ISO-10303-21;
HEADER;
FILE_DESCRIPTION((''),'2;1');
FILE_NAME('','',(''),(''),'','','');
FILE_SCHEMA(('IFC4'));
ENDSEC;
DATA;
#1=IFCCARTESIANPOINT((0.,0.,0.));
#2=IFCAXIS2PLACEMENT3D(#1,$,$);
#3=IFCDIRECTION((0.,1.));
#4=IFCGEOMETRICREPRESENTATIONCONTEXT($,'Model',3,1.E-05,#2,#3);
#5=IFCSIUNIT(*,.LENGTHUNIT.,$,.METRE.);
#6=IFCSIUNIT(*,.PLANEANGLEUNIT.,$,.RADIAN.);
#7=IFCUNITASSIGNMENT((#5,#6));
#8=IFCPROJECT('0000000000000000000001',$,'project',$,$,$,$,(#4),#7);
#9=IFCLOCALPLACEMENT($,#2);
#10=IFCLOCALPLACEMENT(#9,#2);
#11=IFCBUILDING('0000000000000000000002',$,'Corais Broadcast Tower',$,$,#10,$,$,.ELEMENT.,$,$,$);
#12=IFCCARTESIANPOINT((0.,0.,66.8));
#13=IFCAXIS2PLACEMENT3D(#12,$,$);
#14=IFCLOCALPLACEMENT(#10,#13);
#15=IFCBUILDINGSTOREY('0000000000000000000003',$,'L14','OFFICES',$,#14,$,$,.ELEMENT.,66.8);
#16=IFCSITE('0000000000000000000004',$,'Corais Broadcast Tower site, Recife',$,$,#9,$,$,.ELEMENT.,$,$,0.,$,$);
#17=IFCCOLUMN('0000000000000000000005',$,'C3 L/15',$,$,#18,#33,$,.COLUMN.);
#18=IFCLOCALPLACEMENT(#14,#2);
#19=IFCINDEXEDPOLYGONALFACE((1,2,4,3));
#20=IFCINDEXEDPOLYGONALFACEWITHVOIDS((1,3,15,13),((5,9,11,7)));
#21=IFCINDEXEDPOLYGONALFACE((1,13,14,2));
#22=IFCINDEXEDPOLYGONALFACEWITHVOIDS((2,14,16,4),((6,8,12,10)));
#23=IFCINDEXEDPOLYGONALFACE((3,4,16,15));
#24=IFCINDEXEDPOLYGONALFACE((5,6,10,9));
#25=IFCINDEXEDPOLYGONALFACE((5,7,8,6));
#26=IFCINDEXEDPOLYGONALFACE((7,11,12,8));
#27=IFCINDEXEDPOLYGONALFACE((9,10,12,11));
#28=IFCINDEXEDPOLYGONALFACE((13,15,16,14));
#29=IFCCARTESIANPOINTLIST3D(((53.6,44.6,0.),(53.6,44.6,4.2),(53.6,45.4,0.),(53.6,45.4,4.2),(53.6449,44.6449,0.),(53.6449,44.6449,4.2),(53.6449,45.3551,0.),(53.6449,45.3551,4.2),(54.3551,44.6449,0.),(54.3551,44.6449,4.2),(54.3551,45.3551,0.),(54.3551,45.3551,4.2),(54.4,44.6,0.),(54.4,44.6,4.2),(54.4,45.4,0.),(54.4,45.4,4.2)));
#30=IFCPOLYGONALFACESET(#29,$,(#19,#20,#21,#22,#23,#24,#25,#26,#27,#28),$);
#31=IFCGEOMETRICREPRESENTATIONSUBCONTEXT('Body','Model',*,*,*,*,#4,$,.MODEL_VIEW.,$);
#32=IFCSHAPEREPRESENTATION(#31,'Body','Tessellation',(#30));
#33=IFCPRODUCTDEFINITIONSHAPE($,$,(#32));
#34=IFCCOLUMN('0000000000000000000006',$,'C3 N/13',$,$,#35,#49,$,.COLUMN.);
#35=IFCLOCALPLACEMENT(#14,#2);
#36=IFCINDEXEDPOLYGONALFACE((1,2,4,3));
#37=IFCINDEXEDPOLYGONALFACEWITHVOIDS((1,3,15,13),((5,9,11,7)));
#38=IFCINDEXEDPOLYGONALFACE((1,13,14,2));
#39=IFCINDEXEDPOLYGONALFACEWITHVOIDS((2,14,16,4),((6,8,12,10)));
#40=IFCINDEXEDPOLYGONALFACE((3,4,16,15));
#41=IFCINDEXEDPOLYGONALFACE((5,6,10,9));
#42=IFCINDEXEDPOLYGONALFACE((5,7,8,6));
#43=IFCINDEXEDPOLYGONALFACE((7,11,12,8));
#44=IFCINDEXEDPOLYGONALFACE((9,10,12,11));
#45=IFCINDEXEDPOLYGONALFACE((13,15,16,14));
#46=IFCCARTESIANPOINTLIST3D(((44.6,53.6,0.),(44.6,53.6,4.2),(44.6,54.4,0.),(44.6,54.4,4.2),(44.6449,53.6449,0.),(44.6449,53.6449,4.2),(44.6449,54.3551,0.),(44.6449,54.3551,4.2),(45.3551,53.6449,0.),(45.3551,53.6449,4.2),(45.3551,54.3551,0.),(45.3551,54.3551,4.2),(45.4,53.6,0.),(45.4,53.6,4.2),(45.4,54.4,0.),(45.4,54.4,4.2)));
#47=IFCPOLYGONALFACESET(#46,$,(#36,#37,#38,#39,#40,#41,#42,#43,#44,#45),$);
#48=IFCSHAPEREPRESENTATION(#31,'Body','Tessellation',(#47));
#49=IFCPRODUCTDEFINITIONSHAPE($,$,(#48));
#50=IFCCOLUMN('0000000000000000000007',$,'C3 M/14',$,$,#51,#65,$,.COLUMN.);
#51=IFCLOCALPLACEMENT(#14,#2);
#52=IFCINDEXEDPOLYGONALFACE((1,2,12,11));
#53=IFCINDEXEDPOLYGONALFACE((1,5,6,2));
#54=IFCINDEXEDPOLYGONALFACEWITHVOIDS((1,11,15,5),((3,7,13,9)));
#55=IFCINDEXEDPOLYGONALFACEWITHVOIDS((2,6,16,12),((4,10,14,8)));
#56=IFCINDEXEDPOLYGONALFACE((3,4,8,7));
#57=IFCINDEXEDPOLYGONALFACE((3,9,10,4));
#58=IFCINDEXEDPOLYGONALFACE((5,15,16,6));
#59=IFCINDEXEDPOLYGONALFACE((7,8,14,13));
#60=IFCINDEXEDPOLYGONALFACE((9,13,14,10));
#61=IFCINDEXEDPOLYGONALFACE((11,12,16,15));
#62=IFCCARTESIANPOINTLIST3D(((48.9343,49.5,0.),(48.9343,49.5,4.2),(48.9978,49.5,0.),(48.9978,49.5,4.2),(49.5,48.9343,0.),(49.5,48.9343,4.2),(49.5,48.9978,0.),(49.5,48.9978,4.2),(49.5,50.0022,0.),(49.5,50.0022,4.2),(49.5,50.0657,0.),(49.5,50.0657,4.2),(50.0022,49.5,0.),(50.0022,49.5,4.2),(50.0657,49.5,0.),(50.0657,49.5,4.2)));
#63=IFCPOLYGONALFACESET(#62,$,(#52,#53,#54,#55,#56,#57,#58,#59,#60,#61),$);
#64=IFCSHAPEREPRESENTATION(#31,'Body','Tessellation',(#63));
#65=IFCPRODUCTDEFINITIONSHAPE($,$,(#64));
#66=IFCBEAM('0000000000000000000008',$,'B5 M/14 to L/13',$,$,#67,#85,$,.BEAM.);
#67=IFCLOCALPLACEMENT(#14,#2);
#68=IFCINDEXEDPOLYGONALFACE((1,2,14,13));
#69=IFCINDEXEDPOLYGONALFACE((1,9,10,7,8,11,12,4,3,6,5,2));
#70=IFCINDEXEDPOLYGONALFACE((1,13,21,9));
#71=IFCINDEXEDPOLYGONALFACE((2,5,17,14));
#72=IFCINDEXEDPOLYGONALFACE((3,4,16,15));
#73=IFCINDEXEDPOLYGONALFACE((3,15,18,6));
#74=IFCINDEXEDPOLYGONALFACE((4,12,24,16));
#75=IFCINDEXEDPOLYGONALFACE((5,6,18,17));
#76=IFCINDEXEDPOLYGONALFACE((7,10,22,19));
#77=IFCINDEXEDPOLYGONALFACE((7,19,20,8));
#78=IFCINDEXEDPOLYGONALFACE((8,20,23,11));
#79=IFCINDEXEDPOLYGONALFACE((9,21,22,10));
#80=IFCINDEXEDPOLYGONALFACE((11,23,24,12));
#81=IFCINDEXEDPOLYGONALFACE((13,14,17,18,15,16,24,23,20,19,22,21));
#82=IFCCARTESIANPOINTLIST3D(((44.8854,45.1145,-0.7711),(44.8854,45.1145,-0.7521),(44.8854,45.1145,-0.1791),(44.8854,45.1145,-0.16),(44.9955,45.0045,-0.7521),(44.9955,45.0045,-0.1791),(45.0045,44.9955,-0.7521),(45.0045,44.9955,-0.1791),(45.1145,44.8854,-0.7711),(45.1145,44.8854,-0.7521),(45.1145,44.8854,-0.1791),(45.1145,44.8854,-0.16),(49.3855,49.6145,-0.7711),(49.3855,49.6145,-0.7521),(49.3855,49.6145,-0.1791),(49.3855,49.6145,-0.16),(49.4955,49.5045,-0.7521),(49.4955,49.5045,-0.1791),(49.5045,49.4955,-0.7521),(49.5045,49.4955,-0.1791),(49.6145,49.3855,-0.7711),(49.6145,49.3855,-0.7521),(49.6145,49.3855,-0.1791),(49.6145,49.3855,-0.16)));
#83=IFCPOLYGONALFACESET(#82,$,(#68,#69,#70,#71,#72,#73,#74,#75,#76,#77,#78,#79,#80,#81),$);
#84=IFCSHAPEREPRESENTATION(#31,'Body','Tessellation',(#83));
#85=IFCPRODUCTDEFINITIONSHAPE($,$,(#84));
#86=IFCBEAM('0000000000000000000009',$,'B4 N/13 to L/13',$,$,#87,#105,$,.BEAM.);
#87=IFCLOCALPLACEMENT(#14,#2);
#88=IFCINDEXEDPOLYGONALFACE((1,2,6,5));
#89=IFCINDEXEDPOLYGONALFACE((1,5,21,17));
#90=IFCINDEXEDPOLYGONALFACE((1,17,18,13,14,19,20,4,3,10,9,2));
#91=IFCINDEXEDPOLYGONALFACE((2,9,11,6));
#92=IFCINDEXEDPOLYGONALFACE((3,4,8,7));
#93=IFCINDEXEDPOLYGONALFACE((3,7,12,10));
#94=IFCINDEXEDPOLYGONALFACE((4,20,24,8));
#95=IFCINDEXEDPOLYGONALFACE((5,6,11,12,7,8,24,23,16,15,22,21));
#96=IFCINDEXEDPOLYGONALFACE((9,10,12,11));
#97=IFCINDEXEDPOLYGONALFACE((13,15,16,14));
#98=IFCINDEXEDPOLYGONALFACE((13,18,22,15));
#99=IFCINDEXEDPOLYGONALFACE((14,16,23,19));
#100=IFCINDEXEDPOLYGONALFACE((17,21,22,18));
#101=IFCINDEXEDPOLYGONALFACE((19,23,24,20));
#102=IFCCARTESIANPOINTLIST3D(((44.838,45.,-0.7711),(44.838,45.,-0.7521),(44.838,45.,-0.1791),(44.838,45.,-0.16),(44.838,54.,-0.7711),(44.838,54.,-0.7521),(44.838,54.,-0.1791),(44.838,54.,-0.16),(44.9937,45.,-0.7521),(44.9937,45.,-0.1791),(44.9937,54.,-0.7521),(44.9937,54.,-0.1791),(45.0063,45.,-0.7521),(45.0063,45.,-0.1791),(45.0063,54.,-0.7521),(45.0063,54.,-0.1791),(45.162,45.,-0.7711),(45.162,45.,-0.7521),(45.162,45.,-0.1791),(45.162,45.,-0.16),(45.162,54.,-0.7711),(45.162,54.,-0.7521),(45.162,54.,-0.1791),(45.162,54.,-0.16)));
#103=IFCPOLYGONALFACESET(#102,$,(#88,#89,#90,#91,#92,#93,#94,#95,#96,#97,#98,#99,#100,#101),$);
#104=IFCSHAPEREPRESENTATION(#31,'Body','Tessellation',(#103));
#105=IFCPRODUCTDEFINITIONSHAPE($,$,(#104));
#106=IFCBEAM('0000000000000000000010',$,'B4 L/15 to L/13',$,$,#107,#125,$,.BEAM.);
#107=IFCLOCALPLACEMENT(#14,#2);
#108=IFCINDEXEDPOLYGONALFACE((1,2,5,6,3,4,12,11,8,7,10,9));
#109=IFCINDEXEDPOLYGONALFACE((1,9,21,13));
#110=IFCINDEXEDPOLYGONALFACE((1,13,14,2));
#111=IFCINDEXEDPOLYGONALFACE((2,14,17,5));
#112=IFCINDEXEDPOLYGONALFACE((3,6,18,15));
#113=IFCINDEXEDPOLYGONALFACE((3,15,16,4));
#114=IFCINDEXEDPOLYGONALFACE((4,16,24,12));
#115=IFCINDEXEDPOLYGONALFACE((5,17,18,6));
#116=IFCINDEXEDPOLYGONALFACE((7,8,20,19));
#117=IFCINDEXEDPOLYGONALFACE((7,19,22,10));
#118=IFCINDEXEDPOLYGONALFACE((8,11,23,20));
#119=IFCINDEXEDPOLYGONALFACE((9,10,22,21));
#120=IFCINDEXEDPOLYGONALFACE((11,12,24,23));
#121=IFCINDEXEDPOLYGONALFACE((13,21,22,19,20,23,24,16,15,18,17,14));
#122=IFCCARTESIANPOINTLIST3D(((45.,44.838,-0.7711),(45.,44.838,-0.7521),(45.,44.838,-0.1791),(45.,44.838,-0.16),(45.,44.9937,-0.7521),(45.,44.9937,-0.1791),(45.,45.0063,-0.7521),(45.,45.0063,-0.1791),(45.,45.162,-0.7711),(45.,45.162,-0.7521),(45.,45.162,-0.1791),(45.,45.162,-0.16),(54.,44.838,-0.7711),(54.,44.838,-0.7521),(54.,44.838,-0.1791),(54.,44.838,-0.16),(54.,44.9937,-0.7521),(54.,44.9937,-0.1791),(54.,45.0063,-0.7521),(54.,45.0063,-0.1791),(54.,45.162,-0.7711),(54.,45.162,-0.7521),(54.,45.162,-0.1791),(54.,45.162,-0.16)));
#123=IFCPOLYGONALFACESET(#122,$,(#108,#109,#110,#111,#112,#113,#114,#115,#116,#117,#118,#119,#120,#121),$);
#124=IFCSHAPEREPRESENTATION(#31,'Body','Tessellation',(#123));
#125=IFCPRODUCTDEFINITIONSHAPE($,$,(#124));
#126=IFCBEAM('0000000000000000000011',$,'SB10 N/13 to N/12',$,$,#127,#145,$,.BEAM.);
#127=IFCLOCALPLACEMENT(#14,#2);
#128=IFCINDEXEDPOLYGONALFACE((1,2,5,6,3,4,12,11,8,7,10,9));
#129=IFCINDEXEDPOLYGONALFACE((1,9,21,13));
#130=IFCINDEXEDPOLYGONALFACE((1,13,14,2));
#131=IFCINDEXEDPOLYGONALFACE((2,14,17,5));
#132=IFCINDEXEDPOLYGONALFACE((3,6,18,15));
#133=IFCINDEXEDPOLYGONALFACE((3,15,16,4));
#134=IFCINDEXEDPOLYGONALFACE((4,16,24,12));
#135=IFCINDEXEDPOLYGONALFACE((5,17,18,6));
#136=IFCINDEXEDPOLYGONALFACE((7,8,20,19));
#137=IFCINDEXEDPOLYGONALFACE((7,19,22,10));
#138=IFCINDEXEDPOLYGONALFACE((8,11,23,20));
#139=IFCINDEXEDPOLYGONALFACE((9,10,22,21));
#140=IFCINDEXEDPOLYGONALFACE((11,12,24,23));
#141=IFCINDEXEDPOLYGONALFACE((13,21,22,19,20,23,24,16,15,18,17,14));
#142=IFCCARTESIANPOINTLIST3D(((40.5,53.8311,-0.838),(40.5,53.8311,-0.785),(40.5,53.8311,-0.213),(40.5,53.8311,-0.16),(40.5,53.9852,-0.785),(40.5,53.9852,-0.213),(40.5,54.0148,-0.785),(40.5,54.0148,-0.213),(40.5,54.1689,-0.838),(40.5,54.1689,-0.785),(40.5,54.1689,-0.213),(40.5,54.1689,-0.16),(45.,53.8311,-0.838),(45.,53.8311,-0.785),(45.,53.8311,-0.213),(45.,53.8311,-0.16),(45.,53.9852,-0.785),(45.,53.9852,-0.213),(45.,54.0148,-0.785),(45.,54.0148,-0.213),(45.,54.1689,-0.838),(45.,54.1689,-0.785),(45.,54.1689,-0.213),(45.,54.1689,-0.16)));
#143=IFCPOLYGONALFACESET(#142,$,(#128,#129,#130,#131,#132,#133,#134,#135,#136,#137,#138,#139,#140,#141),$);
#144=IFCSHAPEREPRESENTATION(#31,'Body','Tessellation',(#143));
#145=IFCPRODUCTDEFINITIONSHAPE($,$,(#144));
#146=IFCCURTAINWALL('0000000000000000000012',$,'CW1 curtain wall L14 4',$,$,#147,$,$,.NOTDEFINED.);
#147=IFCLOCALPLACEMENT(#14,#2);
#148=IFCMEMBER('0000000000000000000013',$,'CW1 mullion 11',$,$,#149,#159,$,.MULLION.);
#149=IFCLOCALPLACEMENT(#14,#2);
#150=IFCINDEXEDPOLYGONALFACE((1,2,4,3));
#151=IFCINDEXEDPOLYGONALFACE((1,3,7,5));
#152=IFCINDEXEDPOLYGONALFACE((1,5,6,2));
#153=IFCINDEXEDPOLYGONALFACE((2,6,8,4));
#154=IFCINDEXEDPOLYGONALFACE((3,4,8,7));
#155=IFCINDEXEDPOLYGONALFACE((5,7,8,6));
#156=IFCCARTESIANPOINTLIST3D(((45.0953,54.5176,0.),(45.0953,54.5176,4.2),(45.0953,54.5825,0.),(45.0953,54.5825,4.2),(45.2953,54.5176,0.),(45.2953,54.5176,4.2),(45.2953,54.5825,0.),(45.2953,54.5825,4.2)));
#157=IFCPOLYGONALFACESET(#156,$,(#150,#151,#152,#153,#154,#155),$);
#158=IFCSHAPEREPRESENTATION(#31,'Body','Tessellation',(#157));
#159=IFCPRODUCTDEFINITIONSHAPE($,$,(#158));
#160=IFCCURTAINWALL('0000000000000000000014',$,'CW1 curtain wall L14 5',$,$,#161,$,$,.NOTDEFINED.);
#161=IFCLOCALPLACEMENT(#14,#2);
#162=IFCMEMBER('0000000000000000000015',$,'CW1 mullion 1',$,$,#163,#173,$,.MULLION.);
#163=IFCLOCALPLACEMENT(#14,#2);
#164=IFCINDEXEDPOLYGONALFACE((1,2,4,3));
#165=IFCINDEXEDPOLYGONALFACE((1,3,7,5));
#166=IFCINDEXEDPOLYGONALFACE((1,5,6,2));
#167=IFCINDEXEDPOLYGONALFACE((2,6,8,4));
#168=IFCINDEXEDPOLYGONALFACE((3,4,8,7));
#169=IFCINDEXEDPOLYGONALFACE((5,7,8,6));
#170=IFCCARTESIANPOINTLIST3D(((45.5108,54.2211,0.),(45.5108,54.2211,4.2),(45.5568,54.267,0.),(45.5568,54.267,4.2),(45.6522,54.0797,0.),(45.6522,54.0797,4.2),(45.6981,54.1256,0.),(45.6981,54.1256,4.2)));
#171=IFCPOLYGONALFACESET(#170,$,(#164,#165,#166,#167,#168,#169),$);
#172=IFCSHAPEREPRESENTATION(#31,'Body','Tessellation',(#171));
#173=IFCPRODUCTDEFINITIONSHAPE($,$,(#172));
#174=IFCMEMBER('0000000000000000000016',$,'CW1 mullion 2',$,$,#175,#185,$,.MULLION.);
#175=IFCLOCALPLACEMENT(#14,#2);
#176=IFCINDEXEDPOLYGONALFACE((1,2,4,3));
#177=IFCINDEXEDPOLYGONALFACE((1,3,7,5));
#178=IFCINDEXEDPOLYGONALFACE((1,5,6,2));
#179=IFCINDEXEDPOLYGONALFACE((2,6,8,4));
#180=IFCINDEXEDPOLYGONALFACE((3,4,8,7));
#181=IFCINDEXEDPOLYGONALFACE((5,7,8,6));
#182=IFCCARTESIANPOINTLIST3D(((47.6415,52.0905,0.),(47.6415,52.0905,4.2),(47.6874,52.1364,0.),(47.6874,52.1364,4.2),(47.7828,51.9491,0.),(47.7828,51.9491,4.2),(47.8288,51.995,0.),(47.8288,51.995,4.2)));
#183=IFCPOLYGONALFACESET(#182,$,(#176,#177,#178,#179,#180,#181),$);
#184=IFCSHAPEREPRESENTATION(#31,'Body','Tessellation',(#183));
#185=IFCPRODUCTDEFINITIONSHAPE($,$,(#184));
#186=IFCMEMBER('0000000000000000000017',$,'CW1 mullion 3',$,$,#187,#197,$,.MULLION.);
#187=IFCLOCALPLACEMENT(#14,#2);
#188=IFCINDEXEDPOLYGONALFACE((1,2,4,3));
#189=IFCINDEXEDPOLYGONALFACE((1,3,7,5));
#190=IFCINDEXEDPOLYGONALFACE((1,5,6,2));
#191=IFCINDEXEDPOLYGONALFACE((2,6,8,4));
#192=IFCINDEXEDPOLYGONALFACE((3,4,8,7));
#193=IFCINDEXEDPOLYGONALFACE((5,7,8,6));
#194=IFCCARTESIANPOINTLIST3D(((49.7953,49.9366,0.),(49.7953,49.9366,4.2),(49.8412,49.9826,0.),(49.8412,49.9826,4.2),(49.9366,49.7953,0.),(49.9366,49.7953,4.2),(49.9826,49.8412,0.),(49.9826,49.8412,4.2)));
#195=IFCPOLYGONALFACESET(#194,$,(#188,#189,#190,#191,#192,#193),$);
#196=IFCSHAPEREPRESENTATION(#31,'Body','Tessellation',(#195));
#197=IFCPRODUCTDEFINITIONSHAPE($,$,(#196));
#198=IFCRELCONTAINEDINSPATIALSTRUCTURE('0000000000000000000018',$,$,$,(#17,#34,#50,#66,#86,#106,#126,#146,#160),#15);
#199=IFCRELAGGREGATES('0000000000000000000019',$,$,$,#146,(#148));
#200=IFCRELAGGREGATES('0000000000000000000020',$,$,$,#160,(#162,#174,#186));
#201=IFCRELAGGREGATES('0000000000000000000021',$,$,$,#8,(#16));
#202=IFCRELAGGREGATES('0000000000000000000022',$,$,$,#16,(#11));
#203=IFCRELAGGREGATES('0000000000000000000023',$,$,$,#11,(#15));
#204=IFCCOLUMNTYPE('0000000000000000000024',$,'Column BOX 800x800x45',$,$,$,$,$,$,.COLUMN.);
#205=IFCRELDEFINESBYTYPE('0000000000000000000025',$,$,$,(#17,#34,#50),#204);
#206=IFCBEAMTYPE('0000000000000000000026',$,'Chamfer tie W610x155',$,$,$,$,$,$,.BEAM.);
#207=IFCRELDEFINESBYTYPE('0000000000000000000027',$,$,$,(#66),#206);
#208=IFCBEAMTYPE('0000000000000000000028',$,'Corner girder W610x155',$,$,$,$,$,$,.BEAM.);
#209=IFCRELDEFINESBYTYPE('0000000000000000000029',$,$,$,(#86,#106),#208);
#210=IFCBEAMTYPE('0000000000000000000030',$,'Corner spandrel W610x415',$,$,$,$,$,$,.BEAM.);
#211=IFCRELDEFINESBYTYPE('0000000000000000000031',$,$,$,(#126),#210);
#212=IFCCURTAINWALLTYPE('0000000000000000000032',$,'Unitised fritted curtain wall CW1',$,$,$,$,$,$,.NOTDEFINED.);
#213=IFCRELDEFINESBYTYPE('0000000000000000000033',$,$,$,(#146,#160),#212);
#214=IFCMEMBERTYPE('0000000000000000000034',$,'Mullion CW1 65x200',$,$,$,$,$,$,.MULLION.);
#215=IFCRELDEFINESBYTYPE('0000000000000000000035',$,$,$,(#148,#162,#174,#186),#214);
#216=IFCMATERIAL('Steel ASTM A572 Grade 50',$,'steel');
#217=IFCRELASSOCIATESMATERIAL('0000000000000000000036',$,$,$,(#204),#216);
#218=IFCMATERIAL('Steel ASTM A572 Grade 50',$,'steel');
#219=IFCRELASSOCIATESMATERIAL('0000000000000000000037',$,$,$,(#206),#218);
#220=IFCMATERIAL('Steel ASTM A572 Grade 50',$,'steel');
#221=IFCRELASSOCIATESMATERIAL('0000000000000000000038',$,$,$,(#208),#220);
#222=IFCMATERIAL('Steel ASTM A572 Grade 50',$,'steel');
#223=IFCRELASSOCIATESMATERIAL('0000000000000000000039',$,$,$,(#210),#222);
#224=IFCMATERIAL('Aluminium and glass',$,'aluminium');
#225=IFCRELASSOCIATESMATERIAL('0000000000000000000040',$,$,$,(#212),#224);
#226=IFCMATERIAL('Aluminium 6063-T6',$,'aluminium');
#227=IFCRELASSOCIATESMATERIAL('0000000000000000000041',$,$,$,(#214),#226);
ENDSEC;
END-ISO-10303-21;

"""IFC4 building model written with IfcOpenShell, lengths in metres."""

from ifc_helpers import new_model, si_unit, direction, frame, origin, origin_2d, place, context, subcontext, project, spatial, rectangle, hollow_rectangle, i_section, extrude, material, material_profile, profile_set, type_object, element, aggregate, save


model = new_model("IFC4")

# Units and contexts
model_context = context("Model", 3, precision=1e-05, world=origin(), true_north=direction((0.0, 1.0)))
body_context = subcontext(model_context, "Body", "Model", "MODEL_VIEW")
ifc_project = project(units=[si_unit("LENGTHUNIT", "METRE"), si_unit("PLANEANGLEUNIT", "RADIAN")], contexts=[model_context])

# Site, building, storey
site_placement = place(None, origin())
site = spatial("IfcSite", under=ifc_project, at=site_placement, Name="Corais Broadcast Tower site, Recife", CompositionType="ELEMENT", RefElevation=0.0)
building_placement = place(site_placement, origin())
building = spatial("IfcBuilding", under=site, at=building_placement, Name="Corais Broadcast Tower", CompositionType="ELEMENT")
storey_placement = place(building_placement, frame((0.0, 0.0, 66.8)))
storey = spatial("IfcBuildingStorey", under=building, at=storey_placement, Name="L14", Description="OFFICES", CompositionType="ELEMENT", Elevation=66.8)

# Columns
ifc_material_1 = material(Name="Steel ASTM A572 Grade 50", Category="steel")
ifc_material_profile_1 = material_profile(ifc_material_1, hollow_rectangle(XDim=0.8, YDim=0.8, WallThickness=0.0449, at=origin_2d()), Name="BOX 800x800x45")
ifc_profile_set_1 = profile_set([ifc_material_profile_1], Name="Steel ASTM A572 Grade 50")
column_type = type_object("IfcColumnType", Name="Column BOX 800x800x45", PredefinedType="COLUMN", material=ifc_profile_set_1)
for number, where, z_axis, x_axis, name in (
    (1, (54.0, 45.0, 0.0), (0.0, 0.0, 1.0), (1.0, 0.0, 0.0), "C3 L/15"),
    (2, (45.0, 54.0, 0.0), (0.0, 0.0, 1.0), (1.0, 0.0, 0.0), "C3 N/13"),
    (3, (49.5, 49.5, 0.0), (0.0, 0.0, 1.0), (0.707107, 0.707107, 0.0), "C3 M/14"),
):
    element("IfcColumn", number, at=place(storey_placement, frame(where, z_axis=z_axis, x_axis=x_axis)), inside=storey, type_object=column_type, Name=name, PredefinedType="COLUMN", context=body_context, shape_type="SweptSolid", body=[
        extrude(hollow_rectangle(XDim=0.8, YDim=0.8, WallThickness=0.0449, at=origin_2d()), origin(), (0.0, 0.0, 1.0), 4.2),
    ])

# Beams
ifc_material_2 = material(Name="Steel ASTM A572 Grade 50", Category="steel")
ifc_material_profile_2 = material_profile(ifc_material_2, i_section(OverallWidth=0.324, OverallDepth=0.6111, WebThickness=0.0127, FlangeThickness=0.019, at=origin_2d()), Name="W610x155")
ifc_profile_set_2 = profile_set([ifc_material_profile_2], Name="Steel ASTM A572 Grade 50")
beam_type_1 = type_object("IfcBeamType", Name="Chamfer tie W610x155", PredefinedType="BEAM", material=ifc_profile_set_2)
beam_1_placement = place(storey_placement, frame((49.5, 49.5, -0.4656), z_axis=(-0.707107, -0.707107, 0.0), x_axis=(0.707107, -0.707107, 0.0)))
element("IfcBeam", 4, at=beam_1_placement, inside=storey, type_object=beam_type_1, Name="B5 M/14 to L/13", PredefinedType="BEAM", context=body_context, shape_type="SweptSolid", body=[
    extrude(i_section(OverallWidth=0.324, OverallDepth=0.6111, WebThickness=0.0127, FlangeThickness=0.019, at=origin_2d()), origin(), (0.0, 0.0, 1.0), 6.364),
])
ifc_material_3 = material(Name="Steel ASTM A572 Grade 50", Category="steel")
ifc_material_profile_3 = material_profile(ifc_material_3, i_section(OverallWidth=0.324, OverallDepth=0.6111, WebThickness=0.0127, FlangeThickness=0.019, at=origin_2d()), Name="W610x155")
ifc_profile_set_3 = profile_set([ifc_material_profile_3], Name="Steel ASTM A572 Grade 50")
beam_type_2 = type_object("IfcBeamType", Name="Corner girder W610x155", PredefinedType="BEAM", material=ifc_profile_set_3)
for number, where, z_axis, x_axis, name in (
    (5, (45.0, 54.0, -0.4656), (0.0, -1.0, 0.0), (1.0, 0.0, 0.0), "B4 N/13 to L/13"),
    (6, (54.0, 45.0, -0.4656), (-1.0, 0.0, 0.0), (0.0, -1.0, 0.0), "B4 L/15 to L/13"),
):
    element("IfcBeam", number, at=place(storey_placement, frame(where, z_axis=z_axis, x_axis=x_axis)), inside=storey, type_object=beam_type_2, Name=name, PredefinedType="BEAM", context=body_context, shape_type="SweptSolid", body=[
        extrude(i_section(OverallWidth=0.324, OverallDepth=0.6111, WebThickness=0.0127, FlangeThickness=0.019, at=origin_2d()), origin(), (0.0, 0.0, 1.0), 9.0),
    ])
ifc_material_4 = material(Name="Steel ASTM A572 Grade 50", Category="steel")
ifc_material_profile_4 = material_profile(ifc_material_4, i_section(OverallWidth=0.3379, OverallDepth=0.678, WebThickness=0.0295, FlangeThickness=0.053, at=origin_2d()), Name="W610x415")
ifc_profile_set_4 = profile_set([ifc_material_profile_4], Name="Steel ASTM A572 Grade 50")
beam_type_3 = type_object("IfcBeamType", Name="Corner spandrel W610x415", PredefinedType="BEAM", material=ifc_profile_set_4)
beam_2_placement = place(storey_placement, frame((45.0, 54.0, -0.499), z_axis=(-1.0, 0.0, 0.0), x_axis=(0.0, -1.0, 0.0)))
element("IfcBeam", 7, at=beam_2_placement, inside=storey, type_object=beam_type_3, Name="SB10 N/13 to N/12", PredefinedType="BEAM", context=body_context, shape_type="SweptSolid", body=[
    extrude(i_section(OverallWidth=0.3379, OverallDepth=0.678, WebThickness=0.0295, FlangeThickness=0.053, at=origin_2d()), origin(), (0.0, 0.0, 1.0), 4.5),
])

# Curtain wall, member
ifc_material_5 = material(Name="Aluminium and glass", Category="aluminium")
curtain_wall_type = type_object("IfcCurtainWallType", Name="Unitised fritted curtain wall CW1", PredefinedType="NOTDEFINED", material=ifc_material_5)
curtain_wall_1_placement = place(storey_placement, origin())
curtain_wall_1 = element("IfcCurtainWall", 8, at=curtain_wall_1_placement, inside=storey, type_object=curtain_wall_type, Name="CW1 curtain wall L14 4", PredefinedType="NOTDEFINED")
ifc_material_6 = material(Name="Aluminium 6063-T6", Category="aluminium")
ifc_material_profile_5 = material_profile(ifc_material_6, rectangle(XDim=0.0649, YDim=0.2, at=origin_2d()), Name="Mullion CW1 65x200")
ifc_profile_set_5 = profile_set([ifc_material_profile_5], Name="Aluminium 6063-T6")
member_type_1 = type_object("IfcMemberType", Name="Mullion CW1 65x200", PredefinedType="MULLION", material=ifc_profile_set_5)
member_1_placement = place(storey_placement, frame((45.1953, 54.55, 0.0), z_axis=(0.0, 0.0, 1.0), x_axis=(0.0, 1.0, 0.0)))
member_1 = element("IfcMember", 9, at=member_1_placement, type_object=member_type_1, Name="CW1 mullion 11", PredefinedType="MULLION", context=body_context, shape_type="SweptSolid", body=[
    extrude(rectangle(XDim=0.0649, YDim=0.2, at=origin_2d()), origin(), (0.0, 0.0, 1.0), 4.2),
])
aggregate(curtain_wall_1, [member_1])

# Curtain wall, members
curtain_wall_2_placement = place(storey_placement, origin())
curtain_wall_2 = element("IfcCurtainWall", 10, at=curtain_wall_2_placement, inside=storey, type_object=curtain_wall_type, Name="CW1 curtain wall L14 5", PredefinedType="NOTDEFINED")
member_2_placement = place(storey_placement, frame((45.6045, 54.1733, 0.0), z_axis=(0.0, 0.0, 1.0), x_axis=(0.707107, 0.707107, 0.0)))
member_2 = element("IfcMember", 11, at=member_2_placement, type_object=member_type_1, Name="CW1 mullion 1", PredefinedType="MULLION", context=body_context, shape_type="SweptSolid", body=[
    extrude(rectangle(XDim=0.0649, YDim=0.2, at=origin_2d()), origin(), (0.0, 0.0, 1.0), 4.2),
])
member_3_placement = place(storey_placement, frame((47.7351, 52.0427, 0.0), z_axis=(0.0, 0.0, 1.0), x_axis=(0.707107, 0.707107, 0.0)))
member_3 = element("IfcMember", 12, at=member_3_placement, type_object=member_type_1, Name="CW1 mullion 2", PredefinedType="MULLION", context=body_context, shape_type="SweptSolid", body=[
    extrude(rectangle(XDim=0.0649, YDim=0.2, at=origin_2d()), origin(), (0.0, 0.0, 1.0), 4.2),
])
member_4_placement = place(storey_placement, frame((49.8889, 49.8889, 0.0), z_axis=(0.0, 0.0, 1.0), x_axis=(0.707107, 0.707107, 0.0)))
member_4 = element("IfcMember", 13, at=member_4_placement, type_object=member_type_1, Name="CW1 mullion 3", PredefinedType="MULLION", context=body_context, shape_type="SweptSolid", body=[
    extrude(rectangle(XDim=0.0649, YDim=0.2, at=origin_2d()), origin(), (0.0, 0.0, 1.0), 4.2),
])

aggregate(curtain_wall_2, [member_2, member_3, member_4])

save(model, "model.ifc")
